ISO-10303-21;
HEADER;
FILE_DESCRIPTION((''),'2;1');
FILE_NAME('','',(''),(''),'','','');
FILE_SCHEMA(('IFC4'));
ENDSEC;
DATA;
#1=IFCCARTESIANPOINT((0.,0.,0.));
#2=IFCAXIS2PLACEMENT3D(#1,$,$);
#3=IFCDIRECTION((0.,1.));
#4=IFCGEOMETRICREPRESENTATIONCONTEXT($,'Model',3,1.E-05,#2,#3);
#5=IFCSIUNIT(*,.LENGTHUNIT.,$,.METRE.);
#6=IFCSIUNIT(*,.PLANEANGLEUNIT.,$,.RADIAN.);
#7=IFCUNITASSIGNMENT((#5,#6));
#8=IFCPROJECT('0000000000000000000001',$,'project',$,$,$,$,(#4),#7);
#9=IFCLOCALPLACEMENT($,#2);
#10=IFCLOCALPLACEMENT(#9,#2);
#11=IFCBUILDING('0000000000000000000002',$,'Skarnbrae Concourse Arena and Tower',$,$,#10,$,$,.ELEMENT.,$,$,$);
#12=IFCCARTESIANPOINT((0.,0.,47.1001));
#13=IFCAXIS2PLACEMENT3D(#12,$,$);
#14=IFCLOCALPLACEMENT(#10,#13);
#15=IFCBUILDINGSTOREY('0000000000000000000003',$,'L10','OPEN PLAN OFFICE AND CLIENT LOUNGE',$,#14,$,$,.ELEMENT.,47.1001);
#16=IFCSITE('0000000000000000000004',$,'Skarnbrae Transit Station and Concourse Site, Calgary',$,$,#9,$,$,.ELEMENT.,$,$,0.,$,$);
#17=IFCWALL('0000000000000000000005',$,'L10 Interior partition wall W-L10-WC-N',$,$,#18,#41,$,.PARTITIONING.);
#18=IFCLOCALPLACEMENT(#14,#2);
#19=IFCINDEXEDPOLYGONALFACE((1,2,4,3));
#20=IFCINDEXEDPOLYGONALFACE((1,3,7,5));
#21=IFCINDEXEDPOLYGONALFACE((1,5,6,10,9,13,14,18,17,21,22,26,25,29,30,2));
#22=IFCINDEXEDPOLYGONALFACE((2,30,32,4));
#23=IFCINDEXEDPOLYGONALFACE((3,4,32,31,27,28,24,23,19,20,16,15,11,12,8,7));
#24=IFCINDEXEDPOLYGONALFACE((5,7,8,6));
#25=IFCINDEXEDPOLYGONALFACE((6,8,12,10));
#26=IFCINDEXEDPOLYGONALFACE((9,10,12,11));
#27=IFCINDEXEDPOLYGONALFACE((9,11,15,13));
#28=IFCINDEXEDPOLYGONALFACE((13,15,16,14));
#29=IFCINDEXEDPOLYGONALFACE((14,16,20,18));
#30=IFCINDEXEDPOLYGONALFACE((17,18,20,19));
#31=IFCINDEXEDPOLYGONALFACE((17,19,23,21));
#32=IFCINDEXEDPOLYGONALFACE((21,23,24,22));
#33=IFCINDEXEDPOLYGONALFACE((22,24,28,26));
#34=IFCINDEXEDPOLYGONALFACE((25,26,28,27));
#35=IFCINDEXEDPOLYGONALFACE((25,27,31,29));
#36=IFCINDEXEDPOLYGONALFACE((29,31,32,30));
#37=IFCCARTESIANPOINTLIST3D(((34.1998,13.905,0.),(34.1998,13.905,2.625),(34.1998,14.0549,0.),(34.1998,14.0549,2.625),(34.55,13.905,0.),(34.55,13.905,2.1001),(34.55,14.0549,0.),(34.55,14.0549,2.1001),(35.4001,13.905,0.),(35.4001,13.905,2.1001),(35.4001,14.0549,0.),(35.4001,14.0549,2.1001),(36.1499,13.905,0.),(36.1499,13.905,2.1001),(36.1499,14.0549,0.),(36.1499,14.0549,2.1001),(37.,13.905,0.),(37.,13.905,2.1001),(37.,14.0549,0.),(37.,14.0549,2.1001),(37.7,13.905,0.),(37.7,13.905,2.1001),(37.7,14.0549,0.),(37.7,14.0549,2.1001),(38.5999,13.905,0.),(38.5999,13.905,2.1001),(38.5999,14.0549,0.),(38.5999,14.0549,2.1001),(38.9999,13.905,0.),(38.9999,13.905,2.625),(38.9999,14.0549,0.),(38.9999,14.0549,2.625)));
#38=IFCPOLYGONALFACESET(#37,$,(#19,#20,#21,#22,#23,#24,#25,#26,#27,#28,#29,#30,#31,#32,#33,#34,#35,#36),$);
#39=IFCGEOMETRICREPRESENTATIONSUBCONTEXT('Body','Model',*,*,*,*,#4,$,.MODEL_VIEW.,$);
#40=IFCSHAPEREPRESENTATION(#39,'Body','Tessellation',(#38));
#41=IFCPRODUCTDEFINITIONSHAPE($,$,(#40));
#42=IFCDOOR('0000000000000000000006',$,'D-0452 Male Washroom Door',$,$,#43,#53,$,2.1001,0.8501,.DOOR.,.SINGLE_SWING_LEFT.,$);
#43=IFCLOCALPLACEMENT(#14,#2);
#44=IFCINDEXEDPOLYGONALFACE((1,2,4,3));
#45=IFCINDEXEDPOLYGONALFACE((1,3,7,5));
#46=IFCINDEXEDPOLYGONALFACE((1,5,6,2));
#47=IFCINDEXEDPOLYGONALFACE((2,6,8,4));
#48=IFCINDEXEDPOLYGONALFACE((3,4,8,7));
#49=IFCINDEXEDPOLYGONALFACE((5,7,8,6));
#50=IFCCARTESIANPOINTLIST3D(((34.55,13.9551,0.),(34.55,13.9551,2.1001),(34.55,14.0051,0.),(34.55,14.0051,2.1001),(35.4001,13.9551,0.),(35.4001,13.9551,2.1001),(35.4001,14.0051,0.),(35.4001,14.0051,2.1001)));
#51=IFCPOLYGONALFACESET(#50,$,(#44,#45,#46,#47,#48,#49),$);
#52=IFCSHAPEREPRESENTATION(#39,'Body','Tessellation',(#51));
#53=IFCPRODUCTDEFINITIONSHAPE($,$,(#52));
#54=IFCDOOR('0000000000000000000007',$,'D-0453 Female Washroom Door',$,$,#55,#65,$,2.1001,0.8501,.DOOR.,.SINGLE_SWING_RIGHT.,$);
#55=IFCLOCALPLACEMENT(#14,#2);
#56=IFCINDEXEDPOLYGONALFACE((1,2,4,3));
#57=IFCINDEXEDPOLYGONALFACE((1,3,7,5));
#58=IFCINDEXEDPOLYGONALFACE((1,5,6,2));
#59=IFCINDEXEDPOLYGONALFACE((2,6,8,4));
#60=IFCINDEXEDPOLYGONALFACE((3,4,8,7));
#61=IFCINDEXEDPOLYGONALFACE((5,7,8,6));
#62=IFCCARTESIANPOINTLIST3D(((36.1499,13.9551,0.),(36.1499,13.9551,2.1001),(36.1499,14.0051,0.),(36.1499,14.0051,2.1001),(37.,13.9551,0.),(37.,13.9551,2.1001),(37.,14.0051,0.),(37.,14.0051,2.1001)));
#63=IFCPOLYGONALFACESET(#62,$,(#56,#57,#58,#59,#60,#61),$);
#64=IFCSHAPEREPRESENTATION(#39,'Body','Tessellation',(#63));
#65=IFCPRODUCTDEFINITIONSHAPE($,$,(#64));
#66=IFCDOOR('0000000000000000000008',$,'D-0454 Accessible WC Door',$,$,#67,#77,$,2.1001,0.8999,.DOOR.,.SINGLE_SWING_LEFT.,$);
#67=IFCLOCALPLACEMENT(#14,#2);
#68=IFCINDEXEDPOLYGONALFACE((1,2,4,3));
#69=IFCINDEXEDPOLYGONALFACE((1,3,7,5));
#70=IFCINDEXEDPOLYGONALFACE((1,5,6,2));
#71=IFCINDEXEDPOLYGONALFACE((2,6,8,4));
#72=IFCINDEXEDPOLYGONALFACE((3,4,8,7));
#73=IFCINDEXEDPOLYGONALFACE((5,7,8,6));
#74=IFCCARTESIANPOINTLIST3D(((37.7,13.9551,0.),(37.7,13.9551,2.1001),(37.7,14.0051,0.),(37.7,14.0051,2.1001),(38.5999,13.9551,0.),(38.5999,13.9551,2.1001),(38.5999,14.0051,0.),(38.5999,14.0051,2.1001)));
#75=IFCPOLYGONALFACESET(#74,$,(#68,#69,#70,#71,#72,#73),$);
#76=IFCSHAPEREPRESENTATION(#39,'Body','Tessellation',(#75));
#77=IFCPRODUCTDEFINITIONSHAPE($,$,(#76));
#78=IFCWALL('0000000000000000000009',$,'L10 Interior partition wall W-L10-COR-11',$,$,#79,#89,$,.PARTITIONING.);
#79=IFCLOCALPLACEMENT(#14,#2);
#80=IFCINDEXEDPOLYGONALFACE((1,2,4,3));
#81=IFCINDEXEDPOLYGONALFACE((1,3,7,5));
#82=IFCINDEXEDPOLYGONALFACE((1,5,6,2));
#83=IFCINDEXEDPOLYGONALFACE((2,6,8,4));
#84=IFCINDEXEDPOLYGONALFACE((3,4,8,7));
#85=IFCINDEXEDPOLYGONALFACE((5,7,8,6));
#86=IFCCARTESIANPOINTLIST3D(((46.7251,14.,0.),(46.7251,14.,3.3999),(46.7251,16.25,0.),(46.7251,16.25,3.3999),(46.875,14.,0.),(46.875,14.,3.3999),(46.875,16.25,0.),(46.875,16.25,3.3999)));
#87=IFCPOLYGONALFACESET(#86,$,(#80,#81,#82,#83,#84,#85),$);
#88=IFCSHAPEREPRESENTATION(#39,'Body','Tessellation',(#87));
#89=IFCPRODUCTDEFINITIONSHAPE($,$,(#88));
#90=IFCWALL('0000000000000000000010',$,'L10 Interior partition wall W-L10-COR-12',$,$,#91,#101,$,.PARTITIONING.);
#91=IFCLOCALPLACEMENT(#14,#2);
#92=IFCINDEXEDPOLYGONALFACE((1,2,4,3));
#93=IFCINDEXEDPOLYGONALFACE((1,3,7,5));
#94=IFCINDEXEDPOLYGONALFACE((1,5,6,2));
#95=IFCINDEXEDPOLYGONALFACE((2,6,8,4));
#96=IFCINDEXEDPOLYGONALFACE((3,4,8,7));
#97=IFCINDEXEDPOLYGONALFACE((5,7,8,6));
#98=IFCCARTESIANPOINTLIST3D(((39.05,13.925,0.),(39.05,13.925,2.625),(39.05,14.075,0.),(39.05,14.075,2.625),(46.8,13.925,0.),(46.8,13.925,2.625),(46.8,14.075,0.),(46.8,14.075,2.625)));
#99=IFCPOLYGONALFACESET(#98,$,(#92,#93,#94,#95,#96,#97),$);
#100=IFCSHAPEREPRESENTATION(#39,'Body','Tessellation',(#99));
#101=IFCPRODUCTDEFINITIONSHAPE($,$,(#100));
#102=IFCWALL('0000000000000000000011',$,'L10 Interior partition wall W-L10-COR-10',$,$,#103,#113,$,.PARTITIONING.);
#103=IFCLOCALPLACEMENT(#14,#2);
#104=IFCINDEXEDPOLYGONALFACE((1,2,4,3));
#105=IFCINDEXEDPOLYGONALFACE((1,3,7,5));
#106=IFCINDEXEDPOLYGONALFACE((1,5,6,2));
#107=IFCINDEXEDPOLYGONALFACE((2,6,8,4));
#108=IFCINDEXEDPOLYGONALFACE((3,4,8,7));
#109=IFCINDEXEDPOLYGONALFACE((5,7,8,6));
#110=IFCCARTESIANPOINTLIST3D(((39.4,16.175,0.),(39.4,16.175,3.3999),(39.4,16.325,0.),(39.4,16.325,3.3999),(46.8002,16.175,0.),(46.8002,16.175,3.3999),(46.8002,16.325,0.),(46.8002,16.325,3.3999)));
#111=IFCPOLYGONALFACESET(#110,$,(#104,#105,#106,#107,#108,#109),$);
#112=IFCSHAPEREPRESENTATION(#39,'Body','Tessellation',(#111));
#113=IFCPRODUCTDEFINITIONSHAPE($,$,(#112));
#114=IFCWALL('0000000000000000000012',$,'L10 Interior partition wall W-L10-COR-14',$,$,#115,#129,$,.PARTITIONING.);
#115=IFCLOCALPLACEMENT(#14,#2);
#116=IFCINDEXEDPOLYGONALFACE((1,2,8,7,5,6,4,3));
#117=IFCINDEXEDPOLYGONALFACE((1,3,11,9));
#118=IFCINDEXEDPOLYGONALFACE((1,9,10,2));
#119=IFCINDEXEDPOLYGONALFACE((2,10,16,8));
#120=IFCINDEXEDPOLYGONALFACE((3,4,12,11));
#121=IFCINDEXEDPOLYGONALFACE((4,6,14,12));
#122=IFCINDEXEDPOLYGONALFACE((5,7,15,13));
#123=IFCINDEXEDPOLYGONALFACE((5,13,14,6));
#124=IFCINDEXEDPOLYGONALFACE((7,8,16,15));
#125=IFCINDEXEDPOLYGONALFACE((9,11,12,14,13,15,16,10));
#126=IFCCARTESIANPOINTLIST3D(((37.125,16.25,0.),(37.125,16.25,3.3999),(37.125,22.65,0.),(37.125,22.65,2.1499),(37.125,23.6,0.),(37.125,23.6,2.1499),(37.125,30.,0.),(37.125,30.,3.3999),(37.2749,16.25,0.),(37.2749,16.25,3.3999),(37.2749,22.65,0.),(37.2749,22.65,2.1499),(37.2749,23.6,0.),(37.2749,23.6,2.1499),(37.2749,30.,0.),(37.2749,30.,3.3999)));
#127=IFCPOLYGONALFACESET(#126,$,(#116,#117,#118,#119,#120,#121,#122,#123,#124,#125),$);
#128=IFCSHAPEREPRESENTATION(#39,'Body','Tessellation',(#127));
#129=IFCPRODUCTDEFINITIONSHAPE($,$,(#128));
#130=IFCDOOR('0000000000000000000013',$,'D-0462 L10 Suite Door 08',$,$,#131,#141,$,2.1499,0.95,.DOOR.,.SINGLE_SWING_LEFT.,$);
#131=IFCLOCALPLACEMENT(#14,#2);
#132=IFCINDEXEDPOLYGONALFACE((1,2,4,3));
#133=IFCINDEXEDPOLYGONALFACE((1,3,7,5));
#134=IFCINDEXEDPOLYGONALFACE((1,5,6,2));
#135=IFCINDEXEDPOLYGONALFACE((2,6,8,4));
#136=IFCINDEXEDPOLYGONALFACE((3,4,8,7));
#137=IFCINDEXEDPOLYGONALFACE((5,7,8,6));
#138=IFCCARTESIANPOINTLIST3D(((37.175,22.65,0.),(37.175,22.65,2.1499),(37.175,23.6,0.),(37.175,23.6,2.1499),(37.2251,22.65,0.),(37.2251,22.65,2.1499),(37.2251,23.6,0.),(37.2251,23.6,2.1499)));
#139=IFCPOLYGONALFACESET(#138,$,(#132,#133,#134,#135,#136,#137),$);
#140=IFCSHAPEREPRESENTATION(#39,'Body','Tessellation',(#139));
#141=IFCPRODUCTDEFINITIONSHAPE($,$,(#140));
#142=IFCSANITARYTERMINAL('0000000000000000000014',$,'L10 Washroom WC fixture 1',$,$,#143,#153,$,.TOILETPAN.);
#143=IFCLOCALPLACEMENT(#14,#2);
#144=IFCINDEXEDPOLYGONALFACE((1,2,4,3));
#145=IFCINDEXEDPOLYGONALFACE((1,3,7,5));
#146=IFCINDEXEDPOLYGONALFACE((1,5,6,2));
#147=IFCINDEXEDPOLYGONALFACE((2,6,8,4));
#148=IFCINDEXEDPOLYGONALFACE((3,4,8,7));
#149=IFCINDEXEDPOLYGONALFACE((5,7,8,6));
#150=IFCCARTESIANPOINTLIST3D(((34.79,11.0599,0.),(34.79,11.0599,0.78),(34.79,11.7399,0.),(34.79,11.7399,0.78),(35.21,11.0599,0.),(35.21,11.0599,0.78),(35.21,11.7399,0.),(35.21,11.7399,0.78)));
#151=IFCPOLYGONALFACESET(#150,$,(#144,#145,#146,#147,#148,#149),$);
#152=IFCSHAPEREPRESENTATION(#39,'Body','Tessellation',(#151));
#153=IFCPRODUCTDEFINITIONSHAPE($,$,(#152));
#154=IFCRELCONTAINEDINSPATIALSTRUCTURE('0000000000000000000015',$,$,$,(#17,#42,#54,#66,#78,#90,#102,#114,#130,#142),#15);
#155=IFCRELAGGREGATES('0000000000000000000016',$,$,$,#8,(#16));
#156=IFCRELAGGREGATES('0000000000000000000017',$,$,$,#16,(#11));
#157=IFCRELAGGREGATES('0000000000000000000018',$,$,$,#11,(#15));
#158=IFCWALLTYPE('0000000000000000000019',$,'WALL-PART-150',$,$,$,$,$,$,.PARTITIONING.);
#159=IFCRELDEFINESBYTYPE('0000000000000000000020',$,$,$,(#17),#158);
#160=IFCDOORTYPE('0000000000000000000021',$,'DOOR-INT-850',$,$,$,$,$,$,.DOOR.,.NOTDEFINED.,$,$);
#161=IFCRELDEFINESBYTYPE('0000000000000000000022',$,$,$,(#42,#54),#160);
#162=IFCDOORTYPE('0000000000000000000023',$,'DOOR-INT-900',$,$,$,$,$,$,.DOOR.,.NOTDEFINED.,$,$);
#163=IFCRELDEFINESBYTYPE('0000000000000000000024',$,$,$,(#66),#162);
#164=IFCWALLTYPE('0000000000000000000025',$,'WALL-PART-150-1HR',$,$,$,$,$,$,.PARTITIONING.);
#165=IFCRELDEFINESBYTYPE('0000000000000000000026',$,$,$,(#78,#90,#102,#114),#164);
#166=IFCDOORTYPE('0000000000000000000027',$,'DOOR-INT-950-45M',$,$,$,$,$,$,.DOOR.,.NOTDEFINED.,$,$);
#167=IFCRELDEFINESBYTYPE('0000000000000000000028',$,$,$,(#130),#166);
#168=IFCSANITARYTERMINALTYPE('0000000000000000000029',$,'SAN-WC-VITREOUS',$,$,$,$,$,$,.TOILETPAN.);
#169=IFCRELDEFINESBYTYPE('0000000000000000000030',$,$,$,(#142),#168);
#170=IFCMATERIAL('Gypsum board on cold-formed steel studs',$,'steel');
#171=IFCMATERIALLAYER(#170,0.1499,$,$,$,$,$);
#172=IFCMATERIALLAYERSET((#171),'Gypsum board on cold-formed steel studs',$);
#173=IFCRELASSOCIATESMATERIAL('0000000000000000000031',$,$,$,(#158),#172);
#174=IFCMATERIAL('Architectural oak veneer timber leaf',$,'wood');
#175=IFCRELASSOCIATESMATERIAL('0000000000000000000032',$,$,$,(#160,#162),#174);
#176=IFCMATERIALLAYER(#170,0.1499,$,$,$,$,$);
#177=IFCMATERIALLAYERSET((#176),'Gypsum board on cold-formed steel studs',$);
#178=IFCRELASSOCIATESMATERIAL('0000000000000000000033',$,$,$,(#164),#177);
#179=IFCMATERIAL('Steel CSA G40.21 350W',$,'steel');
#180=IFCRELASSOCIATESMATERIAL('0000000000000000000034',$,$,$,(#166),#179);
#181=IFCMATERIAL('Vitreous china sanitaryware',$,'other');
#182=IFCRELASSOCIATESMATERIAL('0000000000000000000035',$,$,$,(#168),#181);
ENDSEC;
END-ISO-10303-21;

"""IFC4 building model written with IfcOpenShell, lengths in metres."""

from ifc_helpers import new_model, si_unit, direction, frame, frame_2d, origin, origin_2d, place, context, subcontext, project, spatial, rectangle, extrude, source, transform, mapped, material, layer, layer_set, type_object, element, fill, save


model = new_model("IFC4")

# Units and contexts
model_context = context("Model", 3, precision=1e-05, world=origin(), true_north=direction((0.0, 1.0)))
body_context = subcontext(model_context, "Body", "Model", "MODEL_VIEW")
ifc_project = project(units=[si_unit("LENGTHUNIT", "METRE"), si_unit("PLANEANGLEUNIT", "RADIAN")], contexts=[model_context])

# Site, building, storey
site_placement = place(None, origin())
site = spatial("IfcSite", under=ifc_project, at=site_placement, Name="Skarnbrae Transit Station and Concourse Site, Calgary", CompositionType="ELEMENT", RefElevation=0.0)
building_placement = place(site_placement, origin())
building = spatial("IfcBuilding", under=site, at=building_placement, Name="Skarnbrae Concourse Arena and Tower", CompositionType="ELEMENT")
storey_placement = place(building_placement, frame((0.0, 0.0, 47.1001)))
storey = spatial("IfcBuildingStorey", under=building, at=storey_placement, Name="L10", Description="OPEN PLAN OFFICE AND CLIENT LOUNGE", CompositionType="ELEMENT", Elevation=47.1001)

# Shared definitions
ifc_material_1 = material(Name="Steel CSA G40.21 350W", Category="steel")

# Wall, openings, doors
ifc_material_2 = material(Name="Gypsum board on cold-formed steel studs", Category="steel")
ifc_layer_1 = layer(ifc_material_2, 0.1499)
ifc_layer_set_1 = layer_set([ifc_layer_1], Name="Gypsum board on cold-formed steel studs")
wall_type_1 = type_object("IfcWallType", Name="WALL-PART-150", PredefinedType="PARTITIONING", material=ifc_layer_set_1)
shared_shape_1 = source(origin(), body_context, "Body", "SweptSolid", [
    extrude(rectangle(XDim=4.8, YDim=0.1499, at=frame_2d((2.3999, 0.0))), origin(), (0.0, 0.0, 1.0), 2.625),
])
wall_1_placement = place(storey_placement, frame((34.2, 13.98, 0.0), z_axis=(0.0, 0.0, 1.0), x_axis=(1.0, 0.0, 0.0)))
wall_1 = element("IfcWall", 1, at=wall_1_placement, inside=storey, type_object=wall_type_1, Name="L10 Interior partition wall W-L10-WC-N", PredefinedType="PARTITIONING", context=body_context, shape_type="MappedRepresentation", body=[
    mapped(shared_shape_1, transform((0.0, 0.0, 0.0))),
])
opening_1_placement = place(wall_1_placement, frame((0.3501, 0.0, 0.0)))
opening_1 = element("IfcOpeningElement", 2, at=opening_1_placement, cuts=wall_1, PredefinedType="OPENING", context=body_context, shape_type="SweptSolid", body=[
    extrude(rectangle(XDim=0.8501, YDim=2.1001, at=frame_2d((0.425, 1.05))), frame((0.0, 0.085, 0.0), z_axis=(0.0, -1.0, 0.0), x_axis=(1.0, 0.0, 0.0)), (0.0, 0.0, 1.0), 0.1699),
])
opening_2_placement = place(wall_1_placement, frame((1.95, 0.0, 0.0)))
opening_2 = element("IfcOpeningElement", 3, at=opening_2_placement, cuts=wall_1, PredefinedType="OPENING", context=body_context, shape_type="SweptSolid", body=[
    extrude(rectangle(XDim=0.8501, YDim=2.1001, at=frame_2d((0.425, 1.05))), frame((0.0, 0.085, 0.0), z_axis=(0.0, -1.0, 0.0), x_axis=(1.0, 0.0, 0.0)), (0.0, 0.0, 1.0), 0.1699),
])
opening_3_placement = place(wall_1_placement, frame((3.5, 0.0, 0.0)))
opening_3 = element("IfcOpeningElement", 4, at=opening_3_placement, cuts=wall_1, PredefinedType="OPENING", context=body_context, shape_type="SweptSolid", body=[
    extrude(rectangle(XDim=0.8999, YDim=2.1001, at=frame_2d((0.45, 1.05))), frame((0.0, 0.085, 0.0), z_axis=(0.0, -1.0, 0.0), x_axis=(1.0, 0.0, 0.0)), (0.0, 0.0, 1.0), 0.1699),
])
ifc_material_3 = material(Name="Architectural oak veneer timber leaf", Category="wood")
door_type_1 = type_object("IfcDoorType", Name="DOOR-INT-850", OperationType="NOTDEFINED", PredefinedType="DOOR", material=ifc_material_3)
shared_shape_2 = source(origin(), body_context, "Body", "SweptSolid", [
    extrude(rectangle(XDim=0.8501, YDim=2.1001, at=frame_2d((0.425, 1.05))), frame((0.0, 0.0249, 0.0), z_axis=(0.0, -1.0, 0.0), x_axis=(1.0, 0.0, 0.0)), (0.0, 0.0, 1.0), 0.05),
])
door_1_placement = place(opening_1_placement, frame((0.8501, 0.0, 0.0), z_axis=(0.0, 0.0, 1.0), x_axis=(-1.0, 0.0, 0.0)))
door_1 = element("IfcDoor", 5, at=door_1_placement, inside=storey, type_object=door_type_1, Name="D-0452 Male Washroom Door", OperationType="SINGLE_SWING_LEFT", OverallHeight=2.1001, OverallWidth=0.8501, PredefinedType="DOOR", context=body_context, shape_type="MappedRepresentation", body=[
    mapped(shared_shape_2, transform((0.0, 0.0, 0.0))),
])
fill(opening_1, door_1)
door_2_placement = place(opening_2_placement, frame((0.8501, 0.0, 0.0), z_axis=(0.0, 0.0, 1.0), x_axis=(-1.0, 0.0, 0.0)))
door_2 = element("IfcDoor", 6, at=door_2_placement, inside=storey, type_object=door_type_1, Name="D-0453 Female Washroom Door", OperationType="SINGLE_SWING_RIGHT", OverallHeight=2.1001, OverallWidth=0.8501, PredefinedType="DOOR", context=body_context, shape_type="MappedRepresentation", body=[
    mapped(shared_shape_2, transform((0.0, 0.0, 0.0))),
])
fill(opening_2, door_2)
door_type_2 = type_object("IfcDoorType", Name="DOOR-INT-900", OperationType="NOTDEFINED", PredefinedType="DOOR", material=ifc_material_3)
shared_shape_3 = source(origin(), body_context, "Body", "SweptSolid", [
    extrude(rectangle(XDim=0.8999, YDim=2.1001, at=frame_2d((0.45, 1.05))), frame((0.0, 0.0249, 0.0), z_axis=(0.0, -1.0, 0.0), x_axis=(1.0, 0.0, 0.0)), (0.0, 0.0, 1.0), 0.05),
])
door_3_placement = place(opening_3_placement, frame((0.8999, 0.0, 0.0), z_axis=(0.0, 0.0, 1.0), x_axis=(-1.0, 0.0, 0.0)))
door_3 = element("IfcDoor", 7, at=door_3_placement, inside=storey, type_object=door_type_2, Name="D-0454 Accessible WC Door", OperationType="SINGLE_SWING_LEFT", OverallHeight=2.1001, OverallWidth=0.8999, PredefinedType="DOOR", context=body_context, shape_type="MappedRepresentation", body=[
    mapped(shared_shape_3, transform((0.0, 0.0, 0.0))),
])
fill(opening_3, door_3)

# Walls
ifc_layer_2 = layer(ifc_material_2, 0.1499)
ifc_layer_set_2 = layer_set([ifc_layer_2], Name="Gypsum board on cold-formed steel studs")
wall_type_2 = type_object("IfcWallType", Name="WALL-PART-150-1HR", PredefinedType="PARTITIONING", material=ifc_layer_set_2)
shared_shape_4 = source(origin(), body_context, "Body", "SweptSolid", [
    extrude(rectangle(XDim=2.25, YDim=0.1499, at=frame_2d((1.125, 0.0))), origin(), (0.0, 0.0, 1.0), 3.3999),
])
wall_2_placement = place(storey_placement, frame((46.8, 16.25, 0.0), z_axis=(0.0, 0.0, 1.0), x_axis=(0.0, -1.0, 0.0)))
element("IfcWall", 8, at=wall_2_placement, inside=storey, type_object=wall_type_2, Name="L10 Interior partition wall W-L10-COR-11", PredefinedType="PARTITIONING", context=body_context, shape_type="MappedRepresentation", body=[
    mapped(shared_shape_4, transform((0.0, 0.0, 0.0))),
])
shared_shape_5 = source(origin(), body_context, "Body", "SweptSolid", [
    extrude(rectangle(XDim=7.75, YDim=0.1499, at=frame_2d((3.875, 0.0))), origin(), (0.0, 0.0, 1.0), 2.625),
])
wall_3_placement = place(storey_placement, frame((46.8, 14.0, 0.0), z_axis=(0.0, 0.0, 1.0), x_axis=(-1.0, 0.0, 0.0)))
element("IfcWall", 9, at=wall_3_placement, inside=storey, type_object=wall_type_2, Name="L10 Interior partition wall W-L10-COR-12", PredefinedType="PARTITIONING", context=body_context, shape_type="MappedRepresentation", body=[
    mapped(shared_shape_5, transform((0.0, 0.0, 0.0))),
])
shared_shape_6 = source(origin(), body_context, "Body", "SweptSolid", [
    extrude(rectangle(XDim=7.4001, YDim=0.1499, at=frame_2d((3.7002, 0.0))), origin(), (0.0, 0.0, 1.0), 3.3999),
])
wall_4_placement = place(storey_placement, frame((39.3999, 16.25, 0.0), z_axis=(0.0, 0.0, 1.0), x_axis=(1.0, 0.0, 0.0)))
element("IfcWall", 10, at=wall_4_placement, inside=storey, type_object=wall_type_2, Name="L10 Interior partition wall W-L10-COR-10", PredefinedType="PARTITIONING", context=body_context, shape_type="MappedRepresentation", body=[
    mapped(shared_shape_6, transform((0.0, 0.0, 0.0))),
])

# Wall, opening, door
shared_shape_7 = source(origin(), body_context, "Body", "SweptSolid", [
    extrude(rectangle(XDim=13.75, YDim=0.1499, at=frame_2d((6.875, 0.0))), origin(), (0.0, 0.0, 1.0), 3.3999),
])
wall_5_placement = place(storey_placement, frame((37.2, 16.25, 0.0), z_axis=(0.0, 0.0, 1.0), x_axis=(0.0, 1.0, 0.0)))
wall_5 = element("IfcWall", 11, at=wall_5_placement, inside=storey, type_object=wall_type_2, Name="L10 Interior partition wall W-L10-COR-14", PredefinedType="PARTITIONING", context=body_context, shape_type="MappedRepresentation", body=[
    mapped(shared_shape_7, transform((0.0, 0.0, 0.0))),
])
opening_4_placement = place(wall_5_placement, frame((6.3999, 0.0, 0.0)))
opening_4 = element("IfcOpeningElement", 12, at=opening_4_placement, cuts=wall_5, PredefinedType="OPENING", context=body_context, shape_type="SweptSolid", body=[
    extrude(rectangle(XDim=0.95, YDim=2.1499, at=frame_2d((0.4751, 1.075))), frame((0.0, 0.085, 0.0), z_axis=(0.0, -1.0, 0.0), x_axis=(1.0, 0.0, 0.0)), (0.0, 0.0, 1.0), 0.1699),
])
door_type_3 = type_object("IfcDoorType", Name="DOOR-INT-950-45M", OperationType="NOTDEFINED", PredefinedType="DOOR", material=ifc_material_1)
shared_shape_8 = source(origin(), body_context, "Body", "SweptSolid", [
    extrude(rectangle(XDim=0.95, YDim=2.1499, at=frame_2d((0.4751, 1.075))), frame((0.0, 0.0249, 0.0), z_axis=(0.0, -1.0, 0.0), x_axis=(1.0, 0.0, 0.0)), (0.0, 0.0, 1.0), 0.05),
])
door_4_placement = place(opening_4_placement, origin())
door_4 = element("IfcDoor", 13, at=door_4_placement, inside=storey, type_object=door_type_3, Name="D-0462 L10 Suite Door 08", OperationType="SINGLE_SWING_LEFT", OverallHeight=2.1499, OverallWidth=0.95, PredefinedType="DOOR", context=body_context, shape_type="MappedRepresentation", body=[
    mapped(shared_shape_8, transform((0.0, 0.0, 0.0))),
])
fill(opening_4, door_4)

# Sanitary terminal
ifc_material_4 = material(Name="Vitreous china sanitaryware", Category="other")
sanitary_terminal_type = type_object("IfcSanitaryTerminalType", Name="SAN-WC-VITREOUS", PredefinedType="TOILETPAN", material=ifc_material_4)
shared_shape_9 = source(origin(), body_context, "Body", "SweptSolid", [
    extrude(rectangle(XDim=0.4199, YDim=0.6799, at=origin_2d()), origin(), (0.0, 0.0, 1.0), 0.78),
])
for number, where, z_axis, x_axis, name in (
    (14, (35.0, 11.3999, 0.0), (0.0, 0.0, 1.0), (1.0, 0.0, 0.0), "L10 Washroom WC fixture 1"),
):
    element("IfcSanitaryTerminal", number, at=place(storey_placement, frame(where, z_axis=z_axis, x_axis=x_axis)), inside=storey, type_object=sanitary_terminal_type, Name=name, PredefinedType="TOILETPAN", context=body_context, shape_type="MappedRepresentation", body=[
        mapped(shared_shape_9, transform((0.0, 0.0, 0.0))),
    ])

save(model, "model.ifc")
